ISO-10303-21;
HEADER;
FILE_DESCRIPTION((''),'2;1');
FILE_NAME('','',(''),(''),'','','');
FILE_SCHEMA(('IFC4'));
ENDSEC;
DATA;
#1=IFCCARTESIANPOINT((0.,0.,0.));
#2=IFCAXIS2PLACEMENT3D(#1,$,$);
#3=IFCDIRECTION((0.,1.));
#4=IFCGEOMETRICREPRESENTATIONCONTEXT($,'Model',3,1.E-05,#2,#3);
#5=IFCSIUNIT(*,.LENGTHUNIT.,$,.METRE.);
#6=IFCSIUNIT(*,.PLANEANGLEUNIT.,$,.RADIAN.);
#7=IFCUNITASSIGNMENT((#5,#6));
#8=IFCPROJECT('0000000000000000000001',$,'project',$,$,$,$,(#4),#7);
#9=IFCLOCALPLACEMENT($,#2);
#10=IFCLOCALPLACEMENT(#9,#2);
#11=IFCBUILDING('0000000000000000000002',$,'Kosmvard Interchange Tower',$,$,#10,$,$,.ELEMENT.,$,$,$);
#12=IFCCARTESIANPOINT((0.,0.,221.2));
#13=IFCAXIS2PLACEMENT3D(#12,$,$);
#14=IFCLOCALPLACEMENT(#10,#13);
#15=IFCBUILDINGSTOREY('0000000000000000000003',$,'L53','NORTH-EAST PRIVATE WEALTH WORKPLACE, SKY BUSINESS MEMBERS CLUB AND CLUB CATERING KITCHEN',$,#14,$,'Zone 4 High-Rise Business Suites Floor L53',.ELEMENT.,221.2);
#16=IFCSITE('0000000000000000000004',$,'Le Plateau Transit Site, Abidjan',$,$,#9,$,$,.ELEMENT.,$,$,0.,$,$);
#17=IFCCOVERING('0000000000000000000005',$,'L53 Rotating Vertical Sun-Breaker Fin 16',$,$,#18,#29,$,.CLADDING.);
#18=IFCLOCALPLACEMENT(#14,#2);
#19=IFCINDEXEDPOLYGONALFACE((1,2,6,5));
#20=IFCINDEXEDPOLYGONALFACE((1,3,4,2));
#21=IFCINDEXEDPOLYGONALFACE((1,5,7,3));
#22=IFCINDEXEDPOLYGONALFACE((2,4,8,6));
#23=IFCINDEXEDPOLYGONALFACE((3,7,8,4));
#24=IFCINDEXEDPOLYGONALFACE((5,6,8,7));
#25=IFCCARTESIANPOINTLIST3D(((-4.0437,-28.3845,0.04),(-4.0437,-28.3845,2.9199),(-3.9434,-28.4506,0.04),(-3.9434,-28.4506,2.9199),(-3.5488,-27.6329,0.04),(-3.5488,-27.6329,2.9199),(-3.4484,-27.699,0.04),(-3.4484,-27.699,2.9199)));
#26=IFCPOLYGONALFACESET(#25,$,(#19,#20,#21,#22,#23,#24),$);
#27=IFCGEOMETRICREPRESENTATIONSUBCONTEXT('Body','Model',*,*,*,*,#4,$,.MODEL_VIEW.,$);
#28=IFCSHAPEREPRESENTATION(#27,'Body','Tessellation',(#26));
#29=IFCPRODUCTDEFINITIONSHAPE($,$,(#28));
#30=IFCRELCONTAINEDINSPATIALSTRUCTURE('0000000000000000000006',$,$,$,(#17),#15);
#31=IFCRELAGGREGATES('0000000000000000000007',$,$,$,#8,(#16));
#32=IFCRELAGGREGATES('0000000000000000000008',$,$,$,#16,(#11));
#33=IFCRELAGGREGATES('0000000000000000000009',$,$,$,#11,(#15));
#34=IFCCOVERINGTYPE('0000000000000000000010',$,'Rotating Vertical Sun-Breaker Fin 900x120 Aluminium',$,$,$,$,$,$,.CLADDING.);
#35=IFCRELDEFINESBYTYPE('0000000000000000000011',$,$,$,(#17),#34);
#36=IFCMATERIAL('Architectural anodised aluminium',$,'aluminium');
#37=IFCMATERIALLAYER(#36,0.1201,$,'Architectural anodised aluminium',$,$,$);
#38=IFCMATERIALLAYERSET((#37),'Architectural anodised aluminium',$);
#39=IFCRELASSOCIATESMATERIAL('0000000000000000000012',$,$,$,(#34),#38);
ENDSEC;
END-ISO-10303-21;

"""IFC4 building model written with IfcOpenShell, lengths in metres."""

from ifc_helpers import new_model, si_unit, direction, frame, origin, origin_2d, place, context, subcontext, project, spatial, rectangle, extrude, source, transform, mapped, material, layer, layer_set, type_object, element, save


model = new_model("IFC4")

# Units and contexts
model_context = context("Model", 3, precision=1e-05, world=origin(), true_north=direction((0.0, 1.0)))
body_context = subcontext(model_context, "Body", "Model", "MODEL_VIEW")
ifc_project = project(units=[si_unit("LENGTHUNIT", "METRE"), si_unit("PLANEANGLEUNIT", "RADIAN")], contexts=[model_context])

# Site, building, storey
site_placement = place(None, origin())
site = spatial("IfcSite", under=ifc_project, at=site_placement, Name="Le Plateau Transit Site, Abidjan", CompositionType="ELEMENT", RefElevation=0.0)
building_placement = place(site_placement, origin())
building = spatial("IfcBuilding", under=site, at=building_placement, Name="Kosmvard Interchange Tower", CompositionType="ELEMENT")
storey_placement = place(building_placement, frame((0.0, 0.0, 221.2)))
storey = spatial("IfcBuildingStorey", under=building, at=storey_placement, Name="L53", Description="NORTH-EAST PRIVATE WEALTH WORKPLACE, SKY BUSINESS MEMBERS CLUB AND CLUB CATERING KITCHEN", LongName="Zone 4 High-Rise Business Suites Floor L53", CompositionType="ELEMENT", Elevation=221.2)

# Covering
ifc_material_1 = material(Name="Architectural anodised aluminium", Category="aluminium")
ifc_layer_1 = layer(ifc_material_1, 0.1201, Name="Architectural anodised aluminium")
ifc_layer_set_1 = layer_set([ifc_layer_1], Name="Architectural anodised aluminium")
covering_type = type_object("IfcCoveringType", Name="Rotating Vertical Sun-Breaker Fin 900x120 Aluminium", PredefinedType="CLADDING", material=ifc_layer_set_1)
shared_shape_1 = source(origin(), body_context, "Body", "SweptSolid", [
    extrude(rectangle(XDim=0.8999, YDim=0.1201, at=origin_2d()), origin(), (0.0, 0.0, 1.0), 2.8799),
])
for number, where, z_axis, x_axis, name in (
    (1, (-3.7461, -28.0417, 0.04), (0.0, 0.0, 1.0), (-0.550044, -0.835136, 0.0), "L53 Rotating Vertical Sun-Breaker Fin 16"),
):
    element("IfcCovering", number, at=place(storey_placement, frame(where, z_axis=z_axis, x_axis=x_axis)), inside=storey, type_object=covering_type, Name=name, PredefinedType="CLADDING", context=body_context, shape_type="MappedRepresentation", body=[
        mapped(shared_shape_1, transform((0.0, 0.0, 0.0), scale=1.0)),
    ])

save(model, "model.ifc")
